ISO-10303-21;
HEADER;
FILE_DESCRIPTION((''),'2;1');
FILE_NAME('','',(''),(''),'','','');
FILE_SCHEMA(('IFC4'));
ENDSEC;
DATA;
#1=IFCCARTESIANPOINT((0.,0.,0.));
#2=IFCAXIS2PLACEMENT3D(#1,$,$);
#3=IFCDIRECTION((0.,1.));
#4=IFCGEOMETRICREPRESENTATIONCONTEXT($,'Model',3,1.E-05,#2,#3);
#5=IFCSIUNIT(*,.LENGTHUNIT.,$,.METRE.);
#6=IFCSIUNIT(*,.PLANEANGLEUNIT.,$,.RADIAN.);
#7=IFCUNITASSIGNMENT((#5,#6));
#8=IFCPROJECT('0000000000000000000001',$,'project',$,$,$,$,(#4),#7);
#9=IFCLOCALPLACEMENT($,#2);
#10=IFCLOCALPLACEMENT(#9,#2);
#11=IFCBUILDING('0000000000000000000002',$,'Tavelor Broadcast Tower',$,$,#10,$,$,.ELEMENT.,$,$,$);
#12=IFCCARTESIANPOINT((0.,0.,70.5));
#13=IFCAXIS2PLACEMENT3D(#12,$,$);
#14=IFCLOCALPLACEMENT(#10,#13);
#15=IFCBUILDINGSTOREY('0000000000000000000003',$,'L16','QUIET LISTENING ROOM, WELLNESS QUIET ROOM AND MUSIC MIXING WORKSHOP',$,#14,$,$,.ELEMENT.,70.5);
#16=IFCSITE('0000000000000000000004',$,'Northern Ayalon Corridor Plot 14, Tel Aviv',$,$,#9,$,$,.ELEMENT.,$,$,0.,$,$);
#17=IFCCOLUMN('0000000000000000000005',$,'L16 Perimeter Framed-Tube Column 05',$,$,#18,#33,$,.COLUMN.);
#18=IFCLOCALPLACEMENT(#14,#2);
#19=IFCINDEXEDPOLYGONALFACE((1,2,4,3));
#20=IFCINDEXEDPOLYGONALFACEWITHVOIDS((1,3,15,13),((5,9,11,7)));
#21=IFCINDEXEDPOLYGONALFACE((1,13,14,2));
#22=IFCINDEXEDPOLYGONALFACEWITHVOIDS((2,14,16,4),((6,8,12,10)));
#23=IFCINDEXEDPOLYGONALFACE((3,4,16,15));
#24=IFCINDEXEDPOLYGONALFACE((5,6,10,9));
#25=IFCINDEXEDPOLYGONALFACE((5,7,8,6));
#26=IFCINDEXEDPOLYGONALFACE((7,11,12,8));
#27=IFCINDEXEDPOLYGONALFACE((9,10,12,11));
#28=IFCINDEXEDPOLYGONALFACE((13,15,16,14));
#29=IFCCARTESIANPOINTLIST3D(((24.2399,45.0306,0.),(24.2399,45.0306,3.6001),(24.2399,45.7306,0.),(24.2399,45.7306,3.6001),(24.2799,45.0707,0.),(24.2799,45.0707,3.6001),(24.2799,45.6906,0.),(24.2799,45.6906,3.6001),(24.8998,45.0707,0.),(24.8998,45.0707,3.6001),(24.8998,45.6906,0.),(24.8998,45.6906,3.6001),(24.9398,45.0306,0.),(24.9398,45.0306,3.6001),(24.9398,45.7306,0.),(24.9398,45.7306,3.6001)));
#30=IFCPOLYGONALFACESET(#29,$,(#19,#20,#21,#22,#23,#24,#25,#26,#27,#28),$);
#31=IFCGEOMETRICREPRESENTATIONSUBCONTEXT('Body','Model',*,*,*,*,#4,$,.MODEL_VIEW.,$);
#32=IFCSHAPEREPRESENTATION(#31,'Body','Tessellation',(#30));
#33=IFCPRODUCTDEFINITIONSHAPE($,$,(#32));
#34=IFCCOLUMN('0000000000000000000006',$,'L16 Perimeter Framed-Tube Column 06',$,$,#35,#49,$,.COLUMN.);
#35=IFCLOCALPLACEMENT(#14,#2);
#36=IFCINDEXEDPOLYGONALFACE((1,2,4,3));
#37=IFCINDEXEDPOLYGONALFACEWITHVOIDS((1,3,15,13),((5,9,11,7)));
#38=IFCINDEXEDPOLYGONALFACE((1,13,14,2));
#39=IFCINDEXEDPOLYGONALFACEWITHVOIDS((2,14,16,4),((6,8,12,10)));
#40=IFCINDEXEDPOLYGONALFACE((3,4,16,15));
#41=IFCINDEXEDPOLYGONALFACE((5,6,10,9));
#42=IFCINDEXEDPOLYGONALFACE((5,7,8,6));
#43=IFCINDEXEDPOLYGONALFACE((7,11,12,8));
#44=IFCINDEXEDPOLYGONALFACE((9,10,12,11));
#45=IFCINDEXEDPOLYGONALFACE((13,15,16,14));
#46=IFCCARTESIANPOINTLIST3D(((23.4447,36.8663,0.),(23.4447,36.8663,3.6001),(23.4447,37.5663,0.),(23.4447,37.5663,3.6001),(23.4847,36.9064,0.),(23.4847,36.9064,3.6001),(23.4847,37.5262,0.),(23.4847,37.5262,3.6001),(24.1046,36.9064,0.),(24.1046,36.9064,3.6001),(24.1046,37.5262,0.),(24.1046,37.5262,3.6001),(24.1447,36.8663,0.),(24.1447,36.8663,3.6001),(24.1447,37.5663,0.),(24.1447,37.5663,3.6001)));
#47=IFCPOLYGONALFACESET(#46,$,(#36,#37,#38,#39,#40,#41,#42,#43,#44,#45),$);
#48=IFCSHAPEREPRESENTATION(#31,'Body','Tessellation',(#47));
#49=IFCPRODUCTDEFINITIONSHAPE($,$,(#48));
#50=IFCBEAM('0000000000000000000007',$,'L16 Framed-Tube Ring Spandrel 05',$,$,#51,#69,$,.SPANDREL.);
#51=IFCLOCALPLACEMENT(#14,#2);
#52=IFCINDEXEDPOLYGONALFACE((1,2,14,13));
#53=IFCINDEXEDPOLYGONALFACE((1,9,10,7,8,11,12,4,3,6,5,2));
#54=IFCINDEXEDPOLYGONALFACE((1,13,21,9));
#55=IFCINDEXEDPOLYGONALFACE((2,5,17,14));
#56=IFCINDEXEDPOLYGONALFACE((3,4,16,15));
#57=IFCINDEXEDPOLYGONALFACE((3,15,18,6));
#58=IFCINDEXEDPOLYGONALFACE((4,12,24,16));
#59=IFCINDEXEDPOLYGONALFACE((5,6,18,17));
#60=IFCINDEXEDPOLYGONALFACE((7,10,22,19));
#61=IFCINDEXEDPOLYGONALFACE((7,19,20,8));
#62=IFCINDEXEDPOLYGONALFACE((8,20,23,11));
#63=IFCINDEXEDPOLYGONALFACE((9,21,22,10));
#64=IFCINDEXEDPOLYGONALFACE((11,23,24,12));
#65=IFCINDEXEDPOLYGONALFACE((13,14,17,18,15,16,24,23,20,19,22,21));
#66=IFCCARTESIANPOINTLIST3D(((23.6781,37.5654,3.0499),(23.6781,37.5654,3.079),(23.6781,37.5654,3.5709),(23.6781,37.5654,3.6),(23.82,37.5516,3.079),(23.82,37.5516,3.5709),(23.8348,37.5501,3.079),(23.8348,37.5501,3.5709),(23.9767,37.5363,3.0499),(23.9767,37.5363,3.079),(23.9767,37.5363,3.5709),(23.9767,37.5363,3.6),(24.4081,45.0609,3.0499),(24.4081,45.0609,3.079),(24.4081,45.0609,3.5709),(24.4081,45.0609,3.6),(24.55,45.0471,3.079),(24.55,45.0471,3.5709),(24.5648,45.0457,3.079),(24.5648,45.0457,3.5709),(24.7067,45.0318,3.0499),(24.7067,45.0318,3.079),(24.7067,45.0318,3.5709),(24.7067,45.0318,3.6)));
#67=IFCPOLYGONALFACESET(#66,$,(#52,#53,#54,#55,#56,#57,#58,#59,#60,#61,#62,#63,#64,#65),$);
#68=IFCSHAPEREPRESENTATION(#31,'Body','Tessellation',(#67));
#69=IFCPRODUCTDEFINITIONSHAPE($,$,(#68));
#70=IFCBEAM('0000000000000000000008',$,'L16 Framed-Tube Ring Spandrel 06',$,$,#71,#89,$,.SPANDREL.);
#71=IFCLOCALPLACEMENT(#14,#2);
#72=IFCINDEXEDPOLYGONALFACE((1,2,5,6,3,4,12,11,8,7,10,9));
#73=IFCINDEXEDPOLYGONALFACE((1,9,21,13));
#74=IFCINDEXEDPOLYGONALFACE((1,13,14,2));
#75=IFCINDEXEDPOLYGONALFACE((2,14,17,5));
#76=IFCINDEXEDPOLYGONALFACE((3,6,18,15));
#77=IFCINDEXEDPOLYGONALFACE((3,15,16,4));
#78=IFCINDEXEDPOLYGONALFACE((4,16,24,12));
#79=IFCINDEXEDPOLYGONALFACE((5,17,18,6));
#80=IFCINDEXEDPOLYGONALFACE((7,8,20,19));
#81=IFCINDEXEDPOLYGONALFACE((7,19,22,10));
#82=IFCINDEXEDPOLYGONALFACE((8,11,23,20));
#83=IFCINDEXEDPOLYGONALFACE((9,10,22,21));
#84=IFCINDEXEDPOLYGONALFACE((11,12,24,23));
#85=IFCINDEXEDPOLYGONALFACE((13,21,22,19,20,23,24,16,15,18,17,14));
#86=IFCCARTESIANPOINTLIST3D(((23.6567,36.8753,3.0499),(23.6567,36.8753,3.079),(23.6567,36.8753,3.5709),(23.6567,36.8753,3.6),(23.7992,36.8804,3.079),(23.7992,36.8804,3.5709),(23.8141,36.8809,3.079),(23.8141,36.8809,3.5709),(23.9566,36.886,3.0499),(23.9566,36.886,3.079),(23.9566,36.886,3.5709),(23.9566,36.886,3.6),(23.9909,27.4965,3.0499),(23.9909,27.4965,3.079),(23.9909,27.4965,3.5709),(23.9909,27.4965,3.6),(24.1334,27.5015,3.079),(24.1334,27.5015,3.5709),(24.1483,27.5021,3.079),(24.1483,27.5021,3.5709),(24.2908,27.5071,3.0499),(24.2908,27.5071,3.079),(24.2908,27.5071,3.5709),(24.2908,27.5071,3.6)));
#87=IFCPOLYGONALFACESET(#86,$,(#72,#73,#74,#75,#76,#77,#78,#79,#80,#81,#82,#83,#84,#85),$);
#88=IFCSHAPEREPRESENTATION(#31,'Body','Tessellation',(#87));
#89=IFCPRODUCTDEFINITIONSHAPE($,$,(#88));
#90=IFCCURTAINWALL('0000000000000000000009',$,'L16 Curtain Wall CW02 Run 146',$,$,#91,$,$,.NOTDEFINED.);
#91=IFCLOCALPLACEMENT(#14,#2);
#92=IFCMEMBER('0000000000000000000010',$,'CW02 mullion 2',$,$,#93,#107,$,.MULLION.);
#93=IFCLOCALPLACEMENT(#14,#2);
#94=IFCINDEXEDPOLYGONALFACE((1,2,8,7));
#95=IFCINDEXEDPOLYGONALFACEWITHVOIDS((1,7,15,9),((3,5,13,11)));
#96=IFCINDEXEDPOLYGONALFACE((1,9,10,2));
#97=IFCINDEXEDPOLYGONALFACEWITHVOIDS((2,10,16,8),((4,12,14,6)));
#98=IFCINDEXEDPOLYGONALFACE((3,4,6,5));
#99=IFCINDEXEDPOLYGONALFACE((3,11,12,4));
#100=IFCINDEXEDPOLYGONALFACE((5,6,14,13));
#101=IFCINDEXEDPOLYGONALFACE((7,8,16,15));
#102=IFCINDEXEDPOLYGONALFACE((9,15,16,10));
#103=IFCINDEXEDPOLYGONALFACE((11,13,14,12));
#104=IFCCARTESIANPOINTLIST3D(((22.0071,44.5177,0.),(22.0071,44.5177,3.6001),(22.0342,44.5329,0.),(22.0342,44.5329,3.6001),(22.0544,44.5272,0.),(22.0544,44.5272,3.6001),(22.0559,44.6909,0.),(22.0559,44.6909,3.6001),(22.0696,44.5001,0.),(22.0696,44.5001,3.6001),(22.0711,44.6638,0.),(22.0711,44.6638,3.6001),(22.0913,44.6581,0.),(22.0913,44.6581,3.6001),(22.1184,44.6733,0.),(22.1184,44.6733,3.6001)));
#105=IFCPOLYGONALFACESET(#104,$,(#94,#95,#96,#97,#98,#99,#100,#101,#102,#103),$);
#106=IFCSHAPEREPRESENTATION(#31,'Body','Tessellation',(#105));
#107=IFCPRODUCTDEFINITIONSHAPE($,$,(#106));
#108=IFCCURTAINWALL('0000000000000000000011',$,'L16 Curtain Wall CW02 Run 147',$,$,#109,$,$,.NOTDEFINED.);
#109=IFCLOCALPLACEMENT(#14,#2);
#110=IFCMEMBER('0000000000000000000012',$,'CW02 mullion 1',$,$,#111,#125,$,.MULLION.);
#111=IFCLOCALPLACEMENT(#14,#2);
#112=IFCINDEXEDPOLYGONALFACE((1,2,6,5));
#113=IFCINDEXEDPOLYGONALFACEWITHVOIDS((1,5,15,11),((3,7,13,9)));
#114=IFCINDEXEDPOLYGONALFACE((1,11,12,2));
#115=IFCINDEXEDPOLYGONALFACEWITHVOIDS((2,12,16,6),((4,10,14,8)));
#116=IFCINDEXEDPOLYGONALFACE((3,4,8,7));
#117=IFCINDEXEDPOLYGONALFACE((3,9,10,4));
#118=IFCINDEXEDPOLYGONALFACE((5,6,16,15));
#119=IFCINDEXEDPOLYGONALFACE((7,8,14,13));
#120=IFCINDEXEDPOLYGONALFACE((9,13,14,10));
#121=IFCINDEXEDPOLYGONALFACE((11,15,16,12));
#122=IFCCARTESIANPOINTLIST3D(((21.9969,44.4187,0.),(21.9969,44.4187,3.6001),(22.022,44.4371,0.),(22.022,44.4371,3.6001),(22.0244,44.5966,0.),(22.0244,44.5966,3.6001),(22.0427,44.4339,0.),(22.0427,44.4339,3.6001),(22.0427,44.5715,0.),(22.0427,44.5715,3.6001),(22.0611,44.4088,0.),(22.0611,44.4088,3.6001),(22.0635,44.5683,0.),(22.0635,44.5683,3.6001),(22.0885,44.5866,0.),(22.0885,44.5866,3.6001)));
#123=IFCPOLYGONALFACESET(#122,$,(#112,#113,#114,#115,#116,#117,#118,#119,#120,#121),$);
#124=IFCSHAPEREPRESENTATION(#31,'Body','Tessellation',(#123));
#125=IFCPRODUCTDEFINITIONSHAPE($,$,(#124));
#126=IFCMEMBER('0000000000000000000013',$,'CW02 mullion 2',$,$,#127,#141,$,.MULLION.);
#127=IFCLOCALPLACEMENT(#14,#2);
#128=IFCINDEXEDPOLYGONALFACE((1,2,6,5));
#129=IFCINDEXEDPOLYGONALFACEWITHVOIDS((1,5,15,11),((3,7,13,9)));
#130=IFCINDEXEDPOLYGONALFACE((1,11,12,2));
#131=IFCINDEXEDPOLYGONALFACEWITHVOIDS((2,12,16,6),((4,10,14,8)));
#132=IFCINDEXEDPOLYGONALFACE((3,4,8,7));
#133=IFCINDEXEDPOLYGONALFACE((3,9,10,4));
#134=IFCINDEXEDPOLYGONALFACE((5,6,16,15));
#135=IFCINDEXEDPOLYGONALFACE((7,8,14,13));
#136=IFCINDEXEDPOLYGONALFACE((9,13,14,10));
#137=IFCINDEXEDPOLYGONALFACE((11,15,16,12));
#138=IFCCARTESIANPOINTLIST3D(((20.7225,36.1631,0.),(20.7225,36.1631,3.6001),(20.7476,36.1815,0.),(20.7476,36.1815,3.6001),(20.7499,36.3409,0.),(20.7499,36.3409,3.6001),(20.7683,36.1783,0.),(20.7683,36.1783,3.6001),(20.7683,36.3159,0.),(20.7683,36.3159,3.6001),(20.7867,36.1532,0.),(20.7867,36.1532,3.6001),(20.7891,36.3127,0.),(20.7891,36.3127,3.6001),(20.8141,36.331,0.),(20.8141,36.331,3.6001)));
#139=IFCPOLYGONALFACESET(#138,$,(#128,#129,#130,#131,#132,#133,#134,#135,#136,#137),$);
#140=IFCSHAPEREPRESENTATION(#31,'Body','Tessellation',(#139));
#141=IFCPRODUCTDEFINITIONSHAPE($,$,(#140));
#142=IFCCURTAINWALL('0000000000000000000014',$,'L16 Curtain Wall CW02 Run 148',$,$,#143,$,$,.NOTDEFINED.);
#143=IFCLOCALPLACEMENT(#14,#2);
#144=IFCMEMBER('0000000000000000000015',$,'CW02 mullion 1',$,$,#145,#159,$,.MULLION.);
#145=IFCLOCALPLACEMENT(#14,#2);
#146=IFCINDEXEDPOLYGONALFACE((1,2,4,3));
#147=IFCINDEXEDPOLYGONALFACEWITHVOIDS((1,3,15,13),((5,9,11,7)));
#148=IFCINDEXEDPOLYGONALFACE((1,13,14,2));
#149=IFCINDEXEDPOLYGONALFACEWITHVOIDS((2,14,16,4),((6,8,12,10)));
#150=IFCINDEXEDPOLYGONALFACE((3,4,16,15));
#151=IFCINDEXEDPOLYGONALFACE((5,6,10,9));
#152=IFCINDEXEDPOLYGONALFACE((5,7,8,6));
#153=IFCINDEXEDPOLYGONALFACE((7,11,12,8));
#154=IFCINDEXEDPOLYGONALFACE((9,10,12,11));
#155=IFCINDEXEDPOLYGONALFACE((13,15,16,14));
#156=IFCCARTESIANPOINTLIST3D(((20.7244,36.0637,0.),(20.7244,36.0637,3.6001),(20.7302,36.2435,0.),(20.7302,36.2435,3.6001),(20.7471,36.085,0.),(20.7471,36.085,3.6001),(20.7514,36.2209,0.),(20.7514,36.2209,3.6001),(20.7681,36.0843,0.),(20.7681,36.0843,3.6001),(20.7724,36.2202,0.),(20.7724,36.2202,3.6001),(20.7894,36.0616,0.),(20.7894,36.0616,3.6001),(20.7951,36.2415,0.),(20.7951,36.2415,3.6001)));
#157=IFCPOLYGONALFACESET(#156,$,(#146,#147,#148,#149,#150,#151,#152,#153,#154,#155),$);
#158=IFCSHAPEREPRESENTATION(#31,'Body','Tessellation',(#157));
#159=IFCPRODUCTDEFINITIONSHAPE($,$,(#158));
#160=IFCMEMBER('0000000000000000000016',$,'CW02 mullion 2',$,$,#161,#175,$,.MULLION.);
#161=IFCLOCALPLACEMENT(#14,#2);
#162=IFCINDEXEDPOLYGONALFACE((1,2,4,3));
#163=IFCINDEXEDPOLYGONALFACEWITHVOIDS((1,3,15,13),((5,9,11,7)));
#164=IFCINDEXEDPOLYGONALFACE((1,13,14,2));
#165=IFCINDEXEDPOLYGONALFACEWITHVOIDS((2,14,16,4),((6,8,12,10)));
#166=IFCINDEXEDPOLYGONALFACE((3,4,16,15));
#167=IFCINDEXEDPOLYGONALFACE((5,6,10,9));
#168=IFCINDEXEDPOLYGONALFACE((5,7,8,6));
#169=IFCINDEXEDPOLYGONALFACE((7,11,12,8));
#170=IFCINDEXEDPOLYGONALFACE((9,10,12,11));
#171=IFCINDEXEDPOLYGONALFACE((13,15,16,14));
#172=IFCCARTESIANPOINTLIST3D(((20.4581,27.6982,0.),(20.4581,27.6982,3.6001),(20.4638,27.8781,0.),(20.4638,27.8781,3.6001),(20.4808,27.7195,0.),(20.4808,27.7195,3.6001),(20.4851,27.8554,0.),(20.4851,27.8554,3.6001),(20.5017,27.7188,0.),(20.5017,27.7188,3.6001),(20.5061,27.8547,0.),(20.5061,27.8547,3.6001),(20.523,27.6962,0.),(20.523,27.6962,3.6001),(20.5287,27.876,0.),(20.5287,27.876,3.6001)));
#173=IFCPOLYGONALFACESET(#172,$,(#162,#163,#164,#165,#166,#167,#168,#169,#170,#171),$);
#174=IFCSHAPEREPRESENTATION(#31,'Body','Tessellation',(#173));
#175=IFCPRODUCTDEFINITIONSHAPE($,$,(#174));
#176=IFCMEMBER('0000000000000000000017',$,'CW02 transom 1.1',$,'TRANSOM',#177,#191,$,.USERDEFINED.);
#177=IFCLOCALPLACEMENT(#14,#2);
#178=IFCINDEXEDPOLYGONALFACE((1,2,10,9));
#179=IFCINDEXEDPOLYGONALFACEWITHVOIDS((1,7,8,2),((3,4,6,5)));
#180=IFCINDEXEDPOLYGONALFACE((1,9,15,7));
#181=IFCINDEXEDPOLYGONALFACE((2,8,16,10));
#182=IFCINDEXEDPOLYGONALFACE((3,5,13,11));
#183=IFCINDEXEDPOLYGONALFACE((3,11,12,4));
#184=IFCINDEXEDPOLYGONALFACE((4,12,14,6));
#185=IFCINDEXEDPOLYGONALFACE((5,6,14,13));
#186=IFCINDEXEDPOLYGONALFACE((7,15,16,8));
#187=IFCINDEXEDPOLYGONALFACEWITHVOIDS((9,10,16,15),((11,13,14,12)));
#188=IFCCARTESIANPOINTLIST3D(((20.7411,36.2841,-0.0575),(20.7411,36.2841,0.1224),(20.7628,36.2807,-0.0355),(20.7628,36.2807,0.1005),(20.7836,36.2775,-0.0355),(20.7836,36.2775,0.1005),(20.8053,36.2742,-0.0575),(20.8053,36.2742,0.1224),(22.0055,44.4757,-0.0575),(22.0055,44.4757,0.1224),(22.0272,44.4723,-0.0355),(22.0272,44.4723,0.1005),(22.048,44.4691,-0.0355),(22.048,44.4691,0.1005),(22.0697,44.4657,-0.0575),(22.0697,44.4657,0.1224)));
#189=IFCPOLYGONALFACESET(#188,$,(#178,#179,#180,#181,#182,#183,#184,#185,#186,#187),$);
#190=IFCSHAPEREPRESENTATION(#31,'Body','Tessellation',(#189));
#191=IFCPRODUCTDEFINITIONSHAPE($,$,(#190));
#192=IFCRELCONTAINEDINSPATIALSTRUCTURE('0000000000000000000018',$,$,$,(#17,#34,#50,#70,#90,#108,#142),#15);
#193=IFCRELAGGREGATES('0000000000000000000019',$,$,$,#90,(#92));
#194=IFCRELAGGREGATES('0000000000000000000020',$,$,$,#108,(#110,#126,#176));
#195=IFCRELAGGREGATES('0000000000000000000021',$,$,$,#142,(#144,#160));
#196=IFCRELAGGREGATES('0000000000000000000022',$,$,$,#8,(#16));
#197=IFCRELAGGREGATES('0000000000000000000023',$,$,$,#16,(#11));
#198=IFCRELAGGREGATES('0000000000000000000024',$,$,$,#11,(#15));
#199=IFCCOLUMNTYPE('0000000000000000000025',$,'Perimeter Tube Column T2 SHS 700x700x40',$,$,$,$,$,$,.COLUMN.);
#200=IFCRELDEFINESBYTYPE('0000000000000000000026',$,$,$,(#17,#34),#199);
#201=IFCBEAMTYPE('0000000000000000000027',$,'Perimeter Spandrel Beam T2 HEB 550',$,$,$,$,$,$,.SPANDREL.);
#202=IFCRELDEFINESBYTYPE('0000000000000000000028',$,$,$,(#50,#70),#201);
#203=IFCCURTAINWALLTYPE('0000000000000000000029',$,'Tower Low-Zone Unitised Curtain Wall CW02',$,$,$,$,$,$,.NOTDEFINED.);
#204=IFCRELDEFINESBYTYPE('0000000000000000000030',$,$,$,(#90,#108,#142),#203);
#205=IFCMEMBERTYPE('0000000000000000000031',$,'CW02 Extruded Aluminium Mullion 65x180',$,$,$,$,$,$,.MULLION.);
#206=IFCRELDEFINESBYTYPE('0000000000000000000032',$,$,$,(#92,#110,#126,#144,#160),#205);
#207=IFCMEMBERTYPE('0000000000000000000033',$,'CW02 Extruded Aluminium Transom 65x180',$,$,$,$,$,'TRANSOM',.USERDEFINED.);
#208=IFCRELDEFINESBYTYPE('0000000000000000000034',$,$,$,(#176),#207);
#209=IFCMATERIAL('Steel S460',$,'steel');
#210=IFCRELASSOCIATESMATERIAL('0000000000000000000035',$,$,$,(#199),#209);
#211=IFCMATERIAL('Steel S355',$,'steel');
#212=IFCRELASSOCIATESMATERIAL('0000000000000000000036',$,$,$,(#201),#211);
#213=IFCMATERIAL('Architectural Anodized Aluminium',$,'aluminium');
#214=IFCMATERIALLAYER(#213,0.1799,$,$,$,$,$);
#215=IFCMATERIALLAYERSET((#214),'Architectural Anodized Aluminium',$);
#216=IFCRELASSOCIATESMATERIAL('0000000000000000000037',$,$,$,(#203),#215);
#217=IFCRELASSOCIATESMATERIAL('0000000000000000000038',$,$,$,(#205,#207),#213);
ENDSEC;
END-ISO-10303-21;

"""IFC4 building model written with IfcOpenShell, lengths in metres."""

from ifc_helpers import new_model, si_unit, direction, frame, origin, origin_2d, place, context, subcontext, project, spatial, hollow_rectangle, i_section, extrude, source, transform, mapped, material, layer, layer_set, material_profile, profile_set, type_object, type_shapes, element, aggregate, save


model = new_model("IFC4")

# Units and contexts
model_context = context("Model", 3, precision=1e-05, world=origin(), true_north=direction((0.0, 1.0)))
body_context = subcontext(model_context, "Body", "Model", "MODEL_VIEW")
ifc_project = project(units=[si_unit("LENGTHUNIT", "METRE"), si_unit("PLANEANGLEUNIT", "RADIAN")], contexts=[model_context])

# Site, building, storey
site_placement = place(None, origin())
site = spatial("IfcSite", under=ifc_project, at=site_placement, Name="Northern Ayalon Corridor Plot 14, Tel Aviv", CompositionType="ELEMENT", RefElevation=0.0)
building_placement = place(site_placement, origin())
building = spatial("IfcBuilding", under=site, at=building_placement, Name="Tavelor Broadcast Tower", CompositionType="ELEMENT")
storey_placement = place(building_placement, frame((0.0, 0.0, 70.5)))
storey = spatial("IfcBuildingStorey", under=building, at=storey_placement, Name="L16", Description="QUIET LISTENING ROOM, WELLNESS QUIET ROOM AND MUSIC MIXING WORKSHOP", CompositionType="ELEMENT", Elevation=70.5)

# Columns
ifc_material_1 = material(Name="Steel S460", Category="steel")
ifc_material_profile_1 = material_profile(ifc_material_1, hollow_rectangle(XDim=0.7, YDim=0.7, WallThickness=0.04, at=origin_2d()), Name="SHS 700x700x40")
ifc_profile_set_1 = profile_set([ifc_material_profile_1], Name="Steel S460")
column_type = type_object("IfcColumnType", Name="Perimeter Tube Column T2 SHS 700x700x40", PredefinedType="COLUMN", material=ifc_profile_set_1)
for number, where, z_axis, x_axis, name in (
    (1, (24.5898, 45.3806, 0.0), (0.0, 0.0, 1.0), (1.0, 0.0, 0.0), "L16 Perimeter Framed-Tube Column 05"),
    (2, (23.7947, 37.2163, 0.0), (0.0, 0.0, 1.0), (1.0, 0.0, 0.0), "L16 Perimeter Framed-Tube Column 06"),
):
    element("IfcColumn", number, at=place(storey_placement, frame(where, z_axis=z_axis, x_axis=x_axis)), inside=storey, type_object=column_type, Name=name, PredefinedType="COLUMN", context=body_context, shape_type="SweptSolid", body=[
        extrude(hollow_rectangle(XDim=0.7, YDim=0.7, WallThickness=0.04, at=origin_2d()), origin(), (0.0, 0.0, 1.0), 3.6001),
    ])

# Beams
ifc_material_2 = material(Name="Steel S355", Category="steel")
ifc_material_profile_2 = material_profile(ifc_material_2, i_section(OverallWidth=0.3, OverallDepth=0.55, WebThickness=0.0149, FlangeThickness=0.0291, at=origin_2d()), Name="HEB 550")
ifc_profile_set_2 = profile_set([ifc_material_profile_2], Name="Steel S355")
beam_type = type_object("IfcBeamType", Name="Perimeter Spandrel Beam T2 HEB 550", PredefinedType="SPANDREL", material=ifc_profile_set_2)
beam_1_placement = place(storey_placement, frame((24.5574, 45.0464, 3.325), z_axis=(-0.096929, -0.995291, 0.0), x_axis=(0.995291, -0.096929, 0.0)))
element("IfcBeam", 3, at=beam_1_placement, inside=storey, type_object=beam_type, Name="L16 Framed-Tube Ring Spandrel 05", PredefinedType="SPANDREL", context=body_context, shape_type="SweptSolid", body=[
    extrude(i_section(OverallWidth=0.3, OverallDepth=0.55, WebThickness=0.0149, FlangeThickness=0.0291, at=origin_2d()), origin(), (0.0, 0.0, 1.0), 7.531),
])
beam_2_placement = place(storey_placement, frame((23.8066, 36.8806, 3.325), z_axis=(0.035614, -0.999366, 0.0), x_axis=(0.999366, 0.035614, 0.0)))
element("IfcBeam", 4, at=beam_2_placement, inside=storey, type_object=beam_type, Name="L16 Framed-Tube Ring Spandrel 06", PredefinedType="SPANDREL", context=body_context, shape_type="SweptSolid", body=[
    extrude(i_section(OverallWidth=0.3, OverallDepth=0.55, WebThickness=0.0149, FlangeThickness=0.0291, at=origin_2d()), origin(), (0.0, 0.0, 1.0), 9.3848),
])

# Curtain wall, member
ifc_material_3 = material(Name="Architectural Anodized Aluminium", Category="aluminium")
ifc_layer_1 = layer(ifc_material_3, 0.1799)
ifc_layer_set_1 = layer_set([ifc_layer_1], Name="Architectural Anodized Aluminium")
curtain_wall_type = type_object("IfcCurtainWallType", Name="Tower Low-Zone Unitised Curtain Wall CW02", PredefinedType="NOTDEFINED", material=ifc_layer_set_1)
curtain_wall_1_placement = place(storey_placement, origin())
curtain_wall_1 = element("IfcCurtainWall", 5, at=curtain_wall_1_placement, inside=storey, type_object=curtain_wall_type, Name="L16 Curtain Wall CW02 Run 146", PredefinedType="NOTDEFINED")
ifc_material_profile_3 = material_profile(ifc_material_3, hollow_rectangle(XDim=0.0649, YDim=0.1799, WallThickness=0.022, at=origin_2d()), Name="RHS 65x180x22")
ifc_profile_set_3 = profile_set([ifc_material_profile_3], Name="Architectural Anodized Aluminium")
member_type_1 = type_object("IfcMemberType", Name="CW02 Extruded Aluminium Mullion 65x180", PredefinedType="MULLION", material=ifc_profile_set_3)
shared_shape_1 = source(origin(), body_context, "Body", "SweptSolid", [
    extrude(hollow_rectangle(XDim=0.0649, YDim=0.1799, WallThickness=0.022, at=origin_2d()), origin(), (0.0, 0.0, 1.0), 3.6001),
])
type_shapes(member_type_1, [shared_shape_1])
member_1_placement = place(storey_placement, frame((22.0627, 44.5955, 0.0), z_axis=(0.0, 0.0, 1.0), x_axis=(0.962572, -0.271028, 0.0)))
member_1 = element("IfcMember", 6, at=member_1_placement, type_object=member_type_1, Name="CW02 mullion 2", PredefinedType="MULLION", context=body_context, shape_type="MappedRepresentation", body=[
    mapped(shared_shape_1, transform((0.0, 0.0, 0.0), scale=1.0)),
])
aggregate(curtain_wall_1, [member_1])

# Curtain walls, members
curtain_wall_2_placement = place(storey_placement, origin())
curtain_wall_2 = element("IfcCurtainWall", 7, at=curtain_wall_2_placement, inside=storey, type_object=curtain_wall_type, Name="L16 Curtain Wall CW02 Run 147", PredefinedType="NOTDEFINED")
member_2_placement = place(storey_placement, frame((22.0427, 44.5027, 0.0), z_axis=(0.0, 0.0, 1.0), x_axis=(0.988297, -0.152545, 0.0)))
member_2 = element("IfcMember", 8, at=member_2_placement, type_object=member_type_1, Name="CW02 mullion 1", PredefinedType="MULLION", context=body_context, shape_type="MappedRepresentation", body=[
    mapped(shared_shape_1, transform((0.0, 0.0, 0.0), scale=1.0)),
])
member_3_placement = place(storey_placement, frame((20.7683, 36.2471, 0.0), z_axis=(0.0, 0.0, 1.0), x_axis=(0.988297, -0.152545, 0.0)))
member_3 = element("IfcMember", 9, at=member_3_placement, type_object=member_type_1, Name="CW02 mullion 2", PredefinedType="MULLION", context=body_context, shape_type="MappedRepresentation", body=[
    mapped(shared_shape_1, transform((0.0, 0.0, 0.0), scale=1.0)),
])
curtain_wall_3_placement = place(storey_placement, origin())
curtain_wall_3 = element("IfcCurtainWall", 10, at=curtain_wall_3_placement, inside=storey, type_object=curtain_wall_type, Name="L16 Curtain Wall CW02 Run 148", PredefinedType="NOTDEFINED")
member_4_placement = place(storey_placement, frame((20.7598, 36.1526, 0.0), z_axis=(0.0, 0.0, 1.0), x_axis=(0.999494, -0.031821, 0.0)))
member_4 = element("IfcMember", 11, at=member_4_placement, type_object=member_type_1, Name="CW02 mullion 1", PredefinedType="MULLION", context=body_context, shape_type="MappedRepresentation", body=[
    mapped(shared_shape_1, transform((0.0, 0.0, 0.0), scale=1.0)),
])
member_5_placement = place(storey_placement, frame((20.4934, 27.7871, 0.0), z_axis=(0.0, 0.0, 1.0), x_axis=(0.999494, -0.031821, 0.0)))
member_5 = element("IfcMember", 12, at=member_5_placement, type_object=member_type_1, Name="CW02 mullion 2", PredefinedType="MULLION", context=body_context, shape_type="MappedRepresentation", body=[
    mapped(shared_shape_1, transform((0.0, 0.0, 0.0), scale=1.0)),
])

# Member
ifc_material_profile_4 = material_profile(ifc_material_3, hollow_rectangle(XDim=0.0649, YDim=0.1799, WallThickness=0.022, at=origin_2d()), Name="RHS 65x180x22")
ifc_profile_set_4 = profile_set([ifc_material_profile_4], Name="Architectural Anodized Aluminium")
member_type_2 = type_object("IfcMemberType", Name="CW02 Extruded Aluminium Transom 65x180", ElementType="TRANSOM", PredefinedType="USERDEFINED", material=ifc_profile_set_4)
shared_shape_2 = source(origin(), body_context, "Body", "SweptSolid", [
    extrude(hollow_rectangle(XDim=0.0649, YDim=0.1799, WallThickness=0.022, at=origin_2d()), origin(), (0.0, 0.0, 1.0), 8.2886),
])
member_6_placement = place(storey_placement, frame((22.0376, 44.4707, 0.0325), z_axis=(-0.152546, -0.988296, 0.0), x_axis=(0.988296, -0.152546, 0.0)))
member_6 = element("IfcMember", 13, at=member_6_placement, type_object=member_type_2, Name="CW02 transom 1.1", ObjectType="TRANSOM", PredefinedType="USERDEFINED", context=body_context, shape_type="MappedRepresentation", body=[
    mapped(shared_shape_2, transform((0.0, 0.0, 0.0), scale=1.0)),
])

aggregate(curtain_wall_2, [member_2, member_3, member_6])
aggregate(curtain_wall_3, [member_4, member_5])

save(model, "model.ifc")
